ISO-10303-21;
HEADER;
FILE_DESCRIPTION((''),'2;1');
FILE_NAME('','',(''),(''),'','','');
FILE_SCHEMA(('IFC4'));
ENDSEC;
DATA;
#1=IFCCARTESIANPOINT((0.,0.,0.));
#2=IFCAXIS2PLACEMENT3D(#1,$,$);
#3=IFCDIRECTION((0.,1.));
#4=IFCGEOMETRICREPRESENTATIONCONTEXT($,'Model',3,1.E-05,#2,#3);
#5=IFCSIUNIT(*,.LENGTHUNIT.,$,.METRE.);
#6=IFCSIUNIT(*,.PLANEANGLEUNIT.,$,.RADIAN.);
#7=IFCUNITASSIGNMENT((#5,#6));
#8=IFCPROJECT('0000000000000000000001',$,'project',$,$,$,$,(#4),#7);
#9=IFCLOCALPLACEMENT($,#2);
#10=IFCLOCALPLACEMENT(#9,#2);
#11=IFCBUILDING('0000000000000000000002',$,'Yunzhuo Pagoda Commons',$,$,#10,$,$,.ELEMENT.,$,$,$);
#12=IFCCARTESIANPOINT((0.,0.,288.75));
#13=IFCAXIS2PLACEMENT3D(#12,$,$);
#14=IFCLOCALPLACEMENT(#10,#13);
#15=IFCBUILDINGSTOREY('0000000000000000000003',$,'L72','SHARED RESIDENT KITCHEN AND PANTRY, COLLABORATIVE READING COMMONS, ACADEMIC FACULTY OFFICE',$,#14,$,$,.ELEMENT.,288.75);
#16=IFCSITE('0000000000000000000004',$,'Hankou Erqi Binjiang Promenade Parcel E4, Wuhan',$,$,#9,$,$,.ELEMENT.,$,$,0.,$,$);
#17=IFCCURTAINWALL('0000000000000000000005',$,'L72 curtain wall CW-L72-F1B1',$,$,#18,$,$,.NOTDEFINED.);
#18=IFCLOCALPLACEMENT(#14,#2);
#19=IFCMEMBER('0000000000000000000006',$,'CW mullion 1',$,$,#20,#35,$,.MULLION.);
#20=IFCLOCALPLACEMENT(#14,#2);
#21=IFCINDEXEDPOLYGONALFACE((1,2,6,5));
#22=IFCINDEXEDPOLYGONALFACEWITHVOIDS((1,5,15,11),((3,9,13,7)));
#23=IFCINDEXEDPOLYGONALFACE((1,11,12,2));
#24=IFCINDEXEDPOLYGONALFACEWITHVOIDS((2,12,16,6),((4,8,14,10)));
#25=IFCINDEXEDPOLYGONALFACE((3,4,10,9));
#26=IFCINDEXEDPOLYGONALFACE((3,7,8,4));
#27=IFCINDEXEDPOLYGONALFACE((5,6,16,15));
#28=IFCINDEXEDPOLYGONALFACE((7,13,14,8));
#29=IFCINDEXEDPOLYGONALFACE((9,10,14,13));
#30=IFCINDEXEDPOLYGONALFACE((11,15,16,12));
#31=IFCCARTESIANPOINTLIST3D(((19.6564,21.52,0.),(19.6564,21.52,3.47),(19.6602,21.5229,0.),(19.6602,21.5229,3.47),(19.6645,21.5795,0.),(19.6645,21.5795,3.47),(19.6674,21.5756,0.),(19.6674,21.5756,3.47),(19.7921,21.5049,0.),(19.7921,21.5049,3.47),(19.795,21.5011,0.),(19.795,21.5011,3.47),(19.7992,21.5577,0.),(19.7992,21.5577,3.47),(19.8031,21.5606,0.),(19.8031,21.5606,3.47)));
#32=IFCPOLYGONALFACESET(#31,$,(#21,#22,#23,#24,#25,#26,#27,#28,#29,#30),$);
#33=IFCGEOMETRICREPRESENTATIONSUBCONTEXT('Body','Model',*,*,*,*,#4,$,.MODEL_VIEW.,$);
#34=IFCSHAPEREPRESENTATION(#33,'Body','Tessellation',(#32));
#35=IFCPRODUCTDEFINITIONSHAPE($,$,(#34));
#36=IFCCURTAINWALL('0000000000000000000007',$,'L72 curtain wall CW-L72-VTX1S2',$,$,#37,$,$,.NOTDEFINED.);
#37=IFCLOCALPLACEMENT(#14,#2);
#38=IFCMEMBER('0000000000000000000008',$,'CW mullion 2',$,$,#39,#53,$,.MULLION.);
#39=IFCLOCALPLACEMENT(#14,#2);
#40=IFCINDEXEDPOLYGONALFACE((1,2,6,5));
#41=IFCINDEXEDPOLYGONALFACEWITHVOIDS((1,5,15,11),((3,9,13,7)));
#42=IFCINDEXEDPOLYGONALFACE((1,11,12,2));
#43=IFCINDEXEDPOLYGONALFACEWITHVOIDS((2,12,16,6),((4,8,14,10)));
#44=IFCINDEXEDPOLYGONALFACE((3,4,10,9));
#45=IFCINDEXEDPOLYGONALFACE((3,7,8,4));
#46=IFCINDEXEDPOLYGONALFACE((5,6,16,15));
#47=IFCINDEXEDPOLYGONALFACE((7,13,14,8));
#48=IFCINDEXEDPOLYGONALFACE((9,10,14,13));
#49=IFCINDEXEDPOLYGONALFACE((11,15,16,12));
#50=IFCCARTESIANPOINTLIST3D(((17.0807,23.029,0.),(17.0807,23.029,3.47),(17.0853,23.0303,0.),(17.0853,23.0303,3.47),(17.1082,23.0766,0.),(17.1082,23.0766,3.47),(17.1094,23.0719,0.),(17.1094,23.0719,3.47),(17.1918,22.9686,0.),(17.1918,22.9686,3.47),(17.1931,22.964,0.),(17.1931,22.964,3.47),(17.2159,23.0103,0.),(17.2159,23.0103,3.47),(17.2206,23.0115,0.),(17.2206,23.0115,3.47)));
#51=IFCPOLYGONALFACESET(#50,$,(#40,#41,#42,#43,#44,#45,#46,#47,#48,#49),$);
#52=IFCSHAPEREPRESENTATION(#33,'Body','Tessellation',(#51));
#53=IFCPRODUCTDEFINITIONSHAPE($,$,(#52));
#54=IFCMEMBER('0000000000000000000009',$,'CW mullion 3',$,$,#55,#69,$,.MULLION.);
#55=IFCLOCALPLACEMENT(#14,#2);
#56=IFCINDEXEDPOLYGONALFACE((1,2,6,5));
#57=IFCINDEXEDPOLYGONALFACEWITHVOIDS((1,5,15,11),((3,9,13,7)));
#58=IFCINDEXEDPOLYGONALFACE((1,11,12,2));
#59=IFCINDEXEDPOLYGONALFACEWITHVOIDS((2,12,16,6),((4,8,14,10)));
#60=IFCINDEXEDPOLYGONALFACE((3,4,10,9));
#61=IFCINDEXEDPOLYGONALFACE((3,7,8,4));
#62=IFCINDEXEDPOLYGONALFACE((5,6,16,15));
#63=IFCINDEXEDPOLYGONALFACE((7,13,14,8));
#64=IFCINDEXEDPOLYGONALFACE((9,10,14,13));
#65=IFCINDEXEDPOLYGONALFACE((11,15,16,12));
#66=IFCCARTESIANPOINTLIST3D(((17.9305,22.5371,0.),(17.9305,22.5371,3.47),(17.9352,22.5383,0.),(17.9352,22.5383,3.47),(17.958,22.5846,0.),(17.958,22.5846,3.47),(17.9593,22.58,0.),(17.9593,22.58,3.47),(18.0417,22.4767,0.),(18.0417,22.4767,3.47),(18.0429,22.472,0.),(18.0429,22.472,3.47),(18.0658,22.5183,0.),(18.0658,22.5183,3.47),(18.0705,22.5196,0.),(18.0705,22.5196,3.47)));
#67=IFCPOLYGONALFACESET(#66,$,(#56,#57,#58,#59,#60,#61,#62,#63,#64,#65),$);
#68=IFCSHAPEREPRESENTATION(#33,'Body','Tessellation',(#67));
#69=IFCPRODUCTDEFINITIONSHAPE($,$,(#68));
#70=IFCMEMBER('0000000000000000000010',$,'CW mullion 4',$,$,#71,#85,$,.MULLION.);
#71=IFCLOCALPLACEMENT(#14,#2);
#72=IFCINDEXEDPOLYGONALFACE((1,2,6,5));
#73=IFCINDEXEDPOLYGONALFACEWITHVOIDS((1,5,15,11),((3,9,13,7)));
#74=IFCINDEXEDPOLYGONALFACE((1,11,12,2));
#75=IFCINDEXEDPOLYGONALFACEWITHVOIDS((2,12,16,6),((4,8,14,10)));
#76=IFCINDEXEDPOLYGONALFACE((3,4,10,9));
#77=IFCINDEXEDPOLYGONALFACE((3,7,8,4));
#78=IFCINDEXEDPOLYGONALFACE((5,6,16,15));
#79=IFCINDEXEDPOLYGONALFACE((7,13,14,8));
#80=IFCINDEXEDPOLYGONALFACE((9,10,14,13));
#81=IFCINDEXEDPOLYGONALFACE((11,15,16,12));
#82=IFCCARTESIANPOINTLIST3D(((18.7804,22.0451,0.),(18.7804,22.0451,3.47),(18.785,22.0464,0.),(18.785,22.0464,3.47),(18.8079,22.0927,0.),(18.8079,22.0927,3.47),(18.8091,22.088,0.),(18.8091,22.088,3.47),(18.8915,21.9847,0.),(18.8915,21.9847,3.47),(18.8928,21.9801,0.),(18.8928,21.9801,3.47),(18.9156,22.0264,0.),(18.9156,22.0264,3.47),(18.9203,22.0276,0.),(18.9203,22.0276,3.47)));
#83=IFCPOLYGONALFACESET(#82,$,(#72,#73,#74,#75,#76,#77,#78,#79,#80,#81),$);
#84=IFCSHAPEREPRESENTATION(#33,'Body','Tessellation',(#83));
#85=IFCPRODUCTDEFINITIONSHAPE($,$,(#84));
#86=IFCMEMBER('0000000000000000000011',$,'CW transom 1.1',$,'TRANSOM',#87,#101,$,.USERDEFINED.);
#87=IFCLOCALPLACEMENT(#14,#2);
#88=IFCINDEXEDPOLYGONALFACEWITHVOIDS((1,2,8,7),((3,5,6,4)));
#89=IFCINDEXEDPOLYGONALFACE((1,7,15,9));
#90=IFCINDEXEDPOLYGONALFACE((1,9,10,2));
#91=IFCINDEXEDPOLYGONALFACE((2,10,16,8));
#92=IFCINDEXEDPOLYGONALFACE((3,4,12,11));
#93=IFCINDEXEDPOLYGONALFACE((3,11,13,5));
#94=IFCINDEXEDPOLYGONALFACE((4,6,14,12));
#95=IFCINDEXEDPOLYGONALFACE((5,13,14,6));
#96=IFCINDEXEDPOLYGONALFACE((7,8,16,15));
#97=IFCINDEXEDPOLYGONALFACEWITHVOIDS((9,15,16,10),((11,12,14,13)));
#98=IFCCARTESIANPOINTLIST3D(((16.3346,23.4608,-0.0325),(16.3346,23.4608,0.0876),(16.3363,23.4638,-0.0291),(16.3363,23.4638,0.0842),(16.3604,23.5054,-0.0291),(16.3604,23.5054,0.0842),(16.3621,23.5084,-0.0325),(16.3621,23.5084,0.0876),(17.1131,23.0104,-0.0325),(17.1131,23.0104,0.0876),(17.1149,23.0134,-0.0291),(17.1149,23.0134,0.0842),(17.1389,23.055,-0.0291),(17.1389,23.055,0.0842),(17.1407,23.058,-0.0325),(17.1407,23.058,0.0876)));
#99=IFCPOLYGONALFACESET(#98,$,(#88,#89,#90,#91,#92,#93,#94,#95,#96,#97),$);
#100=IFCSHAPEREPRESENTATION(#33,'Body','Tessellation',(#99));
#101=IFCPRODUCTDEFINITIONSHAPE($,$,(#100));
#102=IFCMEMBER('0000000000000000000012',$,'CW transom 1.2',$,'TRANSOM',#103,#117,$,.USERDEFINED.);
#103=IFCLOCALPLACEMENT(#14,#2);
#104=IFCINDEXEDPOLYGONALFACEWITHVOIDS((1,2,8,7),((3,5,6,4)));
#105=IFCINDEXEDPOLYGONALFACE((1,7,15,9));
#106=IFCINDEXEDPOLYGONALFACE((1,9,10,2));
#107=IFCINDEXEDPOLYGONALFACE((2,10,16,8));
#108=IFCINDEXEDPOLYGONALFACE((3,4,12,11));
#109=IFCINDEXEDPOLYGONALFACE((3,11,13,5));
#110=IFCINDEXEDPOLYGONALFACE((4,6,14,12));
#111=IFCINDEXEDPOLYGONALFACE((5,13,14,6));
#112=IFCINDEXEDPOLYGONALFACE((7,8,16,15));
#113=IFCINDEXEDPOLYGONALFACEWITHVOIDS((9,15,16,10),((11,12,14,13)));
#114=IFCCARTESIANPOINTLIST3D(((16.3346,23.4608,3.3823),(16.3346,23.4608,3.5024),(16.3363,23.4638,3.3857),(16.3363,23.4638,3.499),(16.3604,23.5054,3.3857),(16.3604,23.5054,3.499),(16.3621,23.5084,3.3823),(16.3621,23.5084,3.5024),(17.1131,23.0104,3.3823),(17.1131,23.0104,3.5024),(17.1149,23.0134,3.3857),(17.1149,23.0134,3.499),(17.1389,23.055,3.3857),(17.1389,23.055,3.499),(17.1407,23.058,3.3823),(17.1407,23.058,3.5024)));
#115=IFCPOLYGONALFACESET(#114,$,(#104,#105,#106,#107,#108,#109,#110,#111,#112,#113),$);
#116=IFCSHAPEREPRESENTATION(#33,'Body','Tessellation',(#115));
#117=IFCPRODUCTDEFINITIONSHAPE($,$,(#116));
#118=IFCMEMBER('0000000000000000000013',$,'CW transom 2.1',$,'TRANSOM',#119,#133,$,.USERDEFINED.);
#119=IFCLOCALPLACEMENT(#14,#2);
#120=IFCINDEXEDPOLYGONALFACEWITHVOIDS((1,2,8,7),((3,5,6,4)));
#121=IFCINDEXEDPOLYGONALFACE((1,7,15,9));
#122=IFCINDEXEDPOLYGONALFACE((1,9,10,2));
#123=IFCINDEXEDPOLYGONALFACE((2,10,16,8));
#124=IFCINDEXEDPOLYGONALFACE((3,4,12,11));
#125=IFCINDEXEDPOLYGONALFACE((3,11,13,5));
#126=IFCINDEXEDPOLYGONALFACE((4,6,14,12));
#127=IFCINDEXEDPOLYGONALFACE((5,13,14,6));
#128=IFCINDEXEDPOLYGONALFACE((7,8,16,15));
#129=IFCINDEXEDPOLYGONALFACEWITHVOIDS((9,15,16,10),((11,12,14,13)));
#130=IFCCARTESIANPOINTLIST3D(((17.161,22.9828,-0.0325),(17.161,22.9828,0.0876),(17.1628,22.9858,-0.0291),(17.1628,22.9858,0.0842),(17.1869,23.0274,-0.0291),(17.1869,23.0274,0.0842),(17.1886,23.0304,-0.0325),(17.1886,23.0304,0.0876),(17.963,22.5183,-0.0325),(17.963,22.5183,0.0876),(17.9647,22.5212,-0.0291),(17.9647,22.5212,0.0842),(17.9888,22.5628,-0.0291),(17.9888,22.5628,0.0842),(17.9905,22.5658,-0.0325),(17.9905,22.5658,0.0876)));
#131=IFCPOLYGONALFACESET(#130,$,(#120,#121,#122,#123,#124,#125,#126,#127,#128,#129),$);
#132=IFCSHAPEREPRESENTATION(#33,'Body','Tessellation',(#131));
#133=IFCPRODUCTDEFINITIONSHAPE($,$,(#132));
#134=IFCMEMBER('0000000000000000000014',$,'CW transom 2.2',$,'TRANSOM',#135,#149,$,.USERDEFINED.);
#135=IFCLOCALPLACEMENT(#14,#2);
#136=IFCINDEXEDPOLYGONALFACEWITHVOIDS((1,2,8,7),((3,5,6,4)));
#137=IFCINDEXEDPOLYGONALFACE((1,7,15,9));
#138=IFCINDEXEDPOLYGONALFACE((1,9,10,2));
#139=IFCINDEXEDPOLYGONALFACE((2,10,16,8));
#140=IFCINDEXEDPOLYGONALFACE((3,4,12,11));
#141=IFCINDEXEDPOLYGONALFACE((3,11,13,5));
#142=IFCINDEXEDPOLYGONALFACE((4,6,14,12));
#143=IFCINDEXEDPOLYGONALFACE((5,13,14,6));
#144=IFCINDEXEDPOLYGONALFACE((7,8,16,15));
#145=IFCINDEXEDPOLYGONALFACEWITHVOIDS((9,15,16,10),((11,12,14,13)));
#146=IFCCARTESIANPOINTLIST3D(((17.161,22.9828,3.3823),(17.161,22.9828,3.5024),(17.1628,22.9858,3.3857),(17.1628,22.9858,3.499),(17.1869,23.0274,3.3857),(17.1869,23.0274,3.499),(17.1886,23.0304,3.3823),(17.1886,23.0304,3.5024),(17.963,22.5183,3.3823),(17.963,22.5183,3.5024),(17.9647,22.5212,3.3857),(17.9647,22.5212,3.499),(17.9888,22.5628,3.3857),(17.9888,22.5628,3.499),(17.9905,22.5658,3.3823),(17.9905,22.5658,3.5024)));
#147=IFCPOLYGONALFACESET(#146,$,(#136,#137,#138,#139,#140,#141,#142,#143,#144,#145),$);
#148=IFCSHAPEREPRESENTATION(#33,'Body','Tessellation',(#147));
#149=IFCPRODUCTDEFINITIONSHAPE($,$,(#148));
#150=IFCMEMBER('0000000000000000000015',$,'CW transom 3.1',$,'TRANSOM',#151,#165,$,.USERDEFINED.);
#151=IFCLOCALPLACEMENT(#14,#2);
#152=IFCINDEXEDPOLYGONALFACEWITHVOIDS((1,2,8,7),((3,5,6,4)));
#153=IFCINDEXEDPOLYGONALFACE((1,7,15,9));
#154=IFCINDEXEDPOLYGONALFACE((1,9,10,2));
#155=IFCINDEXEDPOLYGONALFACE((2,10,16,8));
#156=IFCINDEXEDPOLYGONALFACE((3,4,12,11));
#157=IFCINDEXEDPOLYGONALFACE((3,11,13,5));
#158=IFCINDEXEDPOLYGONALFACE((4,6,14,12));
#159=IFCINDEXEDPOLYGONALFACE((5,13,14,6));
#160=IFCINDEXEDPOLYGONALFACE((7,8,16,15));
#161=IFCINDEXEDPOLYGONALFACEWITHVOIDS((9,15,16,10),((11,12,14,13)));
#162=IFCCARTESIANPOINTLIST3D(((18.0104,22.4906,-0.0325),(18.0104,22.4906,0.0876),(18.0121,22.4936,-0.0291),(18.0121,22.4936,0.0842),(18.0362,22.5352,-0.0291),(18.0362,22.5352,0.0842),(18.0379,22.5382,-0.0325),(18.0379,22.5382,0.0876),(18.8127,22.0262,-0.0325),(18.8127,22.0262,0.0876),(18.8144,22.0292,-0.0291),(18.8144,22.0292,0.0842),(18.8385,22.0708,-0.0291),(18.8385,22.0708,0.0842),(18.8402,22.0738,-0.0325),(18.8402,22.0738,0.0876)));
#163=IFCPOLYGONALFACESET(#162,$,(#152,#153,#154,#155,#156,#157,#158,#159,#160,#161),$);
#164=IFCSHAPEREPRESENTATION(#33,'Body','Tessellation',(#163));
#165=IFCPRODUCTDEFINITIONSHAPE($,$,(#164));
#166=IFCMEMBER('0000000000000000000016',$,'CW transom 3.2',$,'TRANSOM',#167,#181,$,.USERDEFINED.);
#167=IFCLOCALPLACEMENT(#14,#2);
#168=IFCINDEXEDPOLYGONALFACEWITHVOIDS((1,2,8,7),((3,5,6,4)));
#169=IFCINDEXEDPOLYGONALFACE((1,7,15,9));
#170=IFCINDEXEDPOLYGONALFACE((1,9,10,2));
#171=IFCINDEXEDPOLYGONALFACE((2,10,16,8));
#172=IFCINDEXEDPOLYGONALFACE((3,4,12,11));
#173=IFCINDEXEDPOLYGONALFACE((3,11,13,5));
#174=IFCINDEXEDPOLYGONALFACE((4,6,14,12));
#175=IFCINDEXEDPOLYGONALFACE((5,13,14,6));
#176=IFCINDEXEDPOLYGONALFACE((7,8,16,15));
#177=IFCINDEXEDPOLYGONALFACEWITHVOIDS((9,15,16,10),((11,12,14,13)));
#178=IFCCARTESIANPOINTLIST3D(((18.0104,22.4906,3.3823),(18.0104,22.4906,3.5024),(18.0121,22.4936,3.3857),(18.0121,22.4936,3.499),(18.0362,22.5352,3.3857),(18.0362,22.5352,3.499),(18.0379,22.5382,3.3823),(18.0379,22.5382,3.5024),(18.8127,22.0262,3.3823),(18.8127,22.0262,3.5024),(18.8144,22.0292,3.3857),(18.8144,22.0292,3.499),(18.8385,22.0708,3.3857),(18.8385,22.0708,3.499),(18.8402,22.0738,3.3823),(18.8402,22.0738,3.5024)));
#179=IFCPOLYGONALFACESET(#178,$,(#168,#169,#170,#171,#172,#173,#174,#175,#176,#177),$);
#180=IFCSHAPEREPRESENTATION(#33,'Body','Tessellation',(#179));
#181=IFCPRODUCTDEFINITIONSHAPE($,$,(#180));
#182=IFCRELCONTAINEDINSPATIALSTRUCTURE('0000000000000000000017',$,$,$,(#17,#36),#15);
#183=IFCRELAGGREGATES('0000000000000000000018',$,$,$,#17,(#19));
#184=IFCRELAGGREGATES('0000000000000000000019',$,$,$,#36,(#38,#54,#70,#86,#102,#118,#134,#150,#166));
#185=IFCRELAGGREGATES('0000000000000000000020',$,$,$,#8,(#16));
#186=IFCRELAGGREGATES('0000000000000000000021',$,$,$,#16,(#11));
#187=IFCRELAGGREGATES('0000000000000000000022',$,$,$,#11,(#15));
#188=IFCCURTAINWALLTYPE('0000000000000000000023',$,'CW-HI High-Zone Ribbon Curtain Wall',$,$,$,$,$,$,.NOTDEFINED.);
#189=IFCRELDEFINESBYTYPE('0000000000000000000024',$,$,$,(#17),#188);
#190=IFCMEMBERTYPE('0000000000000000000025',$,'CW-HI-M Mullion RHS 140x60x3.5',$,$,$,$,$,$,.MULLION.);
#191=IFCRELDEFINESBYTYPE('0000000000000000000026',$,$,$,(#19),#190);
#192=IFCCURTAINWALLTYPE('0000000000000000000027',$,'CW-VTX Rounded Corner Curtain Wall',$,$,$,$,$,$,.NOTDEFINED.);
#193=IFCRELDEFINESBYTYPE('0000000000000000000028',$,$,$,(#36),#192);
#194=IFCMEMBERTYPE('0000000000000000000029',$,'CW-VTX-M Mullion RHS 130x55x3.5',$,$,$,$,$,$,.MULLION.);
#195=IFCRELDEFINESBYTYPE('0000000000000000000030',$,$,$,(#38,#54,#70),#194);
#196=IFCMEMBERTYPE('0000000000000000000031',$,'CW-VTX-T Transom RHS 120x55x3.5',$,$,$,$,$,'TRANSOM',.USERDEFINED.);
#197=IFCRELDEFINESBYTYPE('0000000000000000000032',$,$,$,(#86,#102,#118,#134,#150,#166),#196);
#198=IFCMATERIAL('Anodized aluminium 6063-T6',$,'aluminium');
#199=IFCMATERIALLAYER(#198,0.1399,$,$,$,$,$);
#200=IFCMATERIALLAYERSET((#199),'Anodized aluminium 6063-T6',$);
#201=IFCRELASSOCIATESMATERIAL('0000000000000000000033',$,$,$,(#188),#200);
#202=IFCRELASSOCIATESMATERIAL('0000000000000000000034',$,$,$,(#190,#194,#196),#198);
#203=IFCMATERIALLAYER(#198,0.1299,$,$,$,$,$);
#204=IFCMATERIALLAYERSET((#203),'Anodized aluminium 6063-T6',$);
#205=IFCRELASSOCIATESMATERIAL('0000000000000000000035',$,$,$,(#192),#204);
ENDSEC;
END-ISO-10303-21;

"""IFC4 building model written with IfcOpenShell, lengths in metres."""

from ifc_helpers import new_model, si_unit, direction, frame, origin, origin_2d, place, context, subcontext, project, spatial, hollow_rectangle, extrude, source, transform, mapped, material, layer, layer_set, material_profile, profile_set, type_object, element, aggregate, save


model = new_model("IFC4")

# Units and contexts
model_context = context("Model", 3, precision=1e-05, world=origin(), true_north=direction((0.0, 1.0)))
body_context = subcontext(model_context, "Body", "Model", "MODEL_VIEW")
ifc_project = project(units=[si_unit("LENGTHUNIT", "METRE"), si_unit("PLANEANGLEUNIT", "RADIAN")], contexts=[model_context])

# Site, building, storey
site_placement = place(None, origin())
site = spatial("IfcSite", under=ifc_project, at=site_placement, Name="Hankou Erqi Binjiang Promenade Parcel E4, Wuhan", CompositionType="ELEMENT", RefElevation=0.0)
building_placement = place(site_placement, origin())
building = spatial("IfcBuilding", under=site, at=building_placement, Name="Yunzhuo Pagoda Commons", CompositionType="ELEMENT")
storey_placement = place(building_placement, frame((0.0, 0.0, 288.75)))
storey = spatial("IfcBuildingStorey", under=building, at=storey_placement, Name="L72", Description="SHARED RESIDENT KITCHEN AND PANTRY, COLLABORATIVE READING COMMONS, ACADEMIC FACULTY OFFICE", CompositionType="ELEMENT", Elevation=288.75)

# Curtain wall, member
ifc_material_1 = material(Name="Anodized aluminium 6063-T6", Category="aluminium")
ifc_layer_1 = layer(ifc_material_1, 0.1399)
ifc_layer_set_1 = layer_set([ifc_layer_1], Name="Anodized aluminium 6063-T6")
curtain_wall_type_1 = type_object("IfcCurtainWallType", Name="CW-HI High-Zone Ribbon Curtain Wall", PredefinedType="NOTDEFINED", material=ifc_layer_set_1)
curtain_wall_1_placement = place(storey_placement, origin())
curtain_wall_1 = element("IfcCurtainWall", 1, at=curtain_wall_1_placement, inside=storey, type_object=curtain_wall_type_1, Name="L72 curtain wall CW-L72-F1B1", PredefinedType="NOTDEFINED")
ifc_material_profile_1 = material_profile(ifc_material_1, hollow_rectangle(XDim=0.0601, YDim=0.1399, WallThickness=0.0034, at=origin_2d()), Name="Anodized aluminium 6063-T6")
ifc_profile_set_1 = profile_set([ifc_material_profile_1], Name="Anodized aluminium 6063-T6")
member_type_1 = type_object("IfcMemberType", Name="CW-HI-M Mullion RHS 140x60x3.5", PredefinedType="MULLION", material=ifc_profile_set_1)
shared_shape_1 = source(origin(), body_context, "Body", "SweptSolid", [
    extrude(hollow_rectangle(XDim=0.0601, YDim=0.1399, WallThickness=0.0034, at=origin_2d()), origin(), (0.0, 0.0, 1.0), 3.47),
])
member_1_placement = place(storey_placement, frame((19.7297, 21.5403, 0.0), z_axis=(0.0, 0.0, 1.0), x_axis=(0.134854, 0.990865, 0.0)))
member_1 = element("IfcMember", 2, at=member_1_placement, type_object=member_type_1, Name="CW mullion 1", PredefinedType="MULLION", context=body_context, shape_type="MappedRepresentation", body=[
    mapped(shared_shape_1, transform((0.0, 0.0, 0.0), scale=1.0)),
])
aggregate(curtain_wall_1, [member_1])

# Curtain wall, members
ifc_layer_2 = layer(ifc_material_1, 0.1299)
ifc_layer_set_2 = layer_set([ifc_layer_2], Name="Anodized aluminium 6063-T6")
curtain_wall_type_2 = type_object("IfcCurtainWallType", Name="CW-VTX Rounded Corner Curtain Wall", PredefinedType="NOTDEFINED", material=ifc_layer_set_2)
curtain_wall_2_placement = place(storey_placement, origin())
curtain_wall_2 = element("IfcCurtainWall", 3, at=curtain_wall_2_placement, inside=storey, type_object=curtain_wall_type_2, Name="L72 curtain wall CW-L72-VTX1S2", PredefinedType="NOTDEFINED")
ifc_material_profile_2 = material_profile(ifc_material_1, hollow_rectangle(XDim=0.0549, YDim=0.1299, WallThickness=0.0034, at=origin_2d()), Name="Anodized aluminium 6063-T6")
ifc_profile_set_2 = profile_set([ifc_material_profile_2], Name="Anodized aluminium 6063-T6")
member_type_2 = type_object("IfcMemberType", Name="CW-VTX-M Mullion RHS 130x55x3.5", PredefinedType="MULLION", material=ifc_profile_set_2)
shared_shape_2 = source(origin(), body_context, "Body", "SweptSolid", [
    extrude(hollow_rectangle(XDim=0.0549, YDim=0.1299, WallThickness=0.0034, at=origin_2d()), origin(), (0.0, 0.0, 1.0), 3.47),
])
member_2_placement = place(storey_placement, frame((17.1506, 23.0203, 0.0), z_axis=(0.0, 0.0, 1.0), x_axis=(0.501017, 0.865437, 0.0)))
member_2 = element("IfcMember", 4, at=member_2_placement, type_object=member_type_2, Name="CW mullion 2", PredefinedType="MULLION", context=body_context, shape_type="MappedRepresentation", body=[
    mapped(shared_shape_2, transform((0.0, 0.0, 0.0), scale=1.0)),
])
member_3_placement = place(storey_placement, frame((18.0005, 22.5283, 0.0), z_axis=(0.0, 0.0, 1.0), x_axis=(0.501017, 0.865437, 0.0)))
member_3 = element("IfcMember", 5, at=member_3_placement, type_object=member_type_2, Name="CW mullion 3", PredefinedType="MULLION", context=body_context, shape_type="MappedRepresentation", body=[
    mapped(shared_shape_2, transform((0.0, 0.0, 0.0), scale=1.0)),
])
member_4_placement = place(storey_placement, frame((18.8503, 22.0364, 0.0), z_axis=(0.0, 0.0, 1.0), x_axis=(0.501017, 0.865437, 0.0)))
member_4 = element("IfcMember", 6, at=member_4_placement, type_object=member_type_2, Name="CW mullion 4", PredefinedType="MULLION", context=body_context, shape_type="MappedRepresentation", body=[
    mapped(shared_shape_2, transform((0.0, 0.0, 0.0), scale=1.0)),
])
ifc_material_profile_3 = material_profile(ifc_material_1, hollow_rectangle(XDim=0.0549, YDim=0.1201, WallThickness=0.0034, at=origin_2d()), Name="Anodized aluminium 6063-T6")
ifc_profile_set_3 = profile_set([ifc_material_profile_3], Name="Anodized aluminium 6063-T6")
member_type_3 = type_object("IfcMemberType", Name="CW-VTX-T Transom RHS 120x55x3.5", ElementType="TRANSOM", PredefinedType="USERDEFINED", material=ifc_profile_set_3)
shared_shape_3 = source(origin(), body_context, "Body", "SweptSolid", [
    extrude(hollow_rectangle(XDim=0.0549, YDim=0.1201, WallThickness=0.0034, at=origin_2d()), origin(), (0.0, 0.0, 1.0), 0.8994),
])
member_5_placement = place(storey_placement, frame((16.3484, 23.4846, 0.0276), z_axis=(0.865575, -0.500779, 0.0), x_axis=(0.500779, 0.865575, 0.0)))
member_5 = element("IfcMember", 7, at=member_5_placement, type_object=member_type_3, Name="CW transom 1.1", ObjectType="TRANSOM", PredefinedType="USERDEFINED", context=body_context, shape_type="MappedRepresentation", body=[
    mapped(shared_shape_3, transform((0.0, 0.0, 0.0), scale=1.0)),
])
member_6_placement = place(storey_placement, frame((16.3484, 23.4846, 3.4424), z_axis=(0.865575, -0.500779, 0.0), x_axis=(0.500779, 0.865575, 0.0)))
member_6 = element("IfcMember", 8, at=member_6_placement, type_object=member_type_3, Name="CW transom 1.2", ObjectType="TRANSOM", PredefinedType="USERDEFINED", context=body_context, shape_type="MappedRepresentation", body=[
    mapped(shared_shape_3, transform((0.0, 0.0, 0.0), scale=1.0)),
])
shared_shape_4 = source(origin(), body_context, "Body", "SweptSolid", [
    extrude(hollow_rectangle(XDim=0.0549, YDim=0.1201, WallThickness=0.0034, at=origin_2d()), origin(), (0.0, 0.0, 1.0), 0.9268),
])
member_7_placement = place(storey_placement, frame((17.1748, 23.0066, 0.0276), z_axis=(0.865294, -0.501265, 0.0), x_axis=(0.501265, 0.865294, 0.0)))
member_7 = element("IfcMember", 9, at=member_7_placement, type_object=member_type_3, Name="CW transom 2.1", ObjectType="TRANSOM", PredefinedType="USERDEFINED", context=body_context, shape_type="MappedRepresentation", body=[
    mapped(shared_shape_4, transform((0.0, 0.0, 0.0), scale=1.0)),
])
member_8_placement = place(storey_placement, frame((17.1748, 23.0066, 3.4424), z_axis=(0.865294, -0.501265, 0.0), x_axis=(0.501265, 0.865294, 0.0)))
member_8 = element("IfcMember", 10, at=member_8_placement, type_object=member_type_3, Name="CW transom 2.2", ObjectType="TRANSOM", PredefinedType="USERDEFINED", context=body_context, shape_type="MappedRepresentation", body=[
    mapped(shared_shape_4, transform((0.0, 0.0, 0.0), scale=1.0)),
])
shared_shape_5 = source(origin(), body_context, "Body", "SweptSolid", [
    extrude(hollow_rectangle(XDim=0.0549, YDim=0.1201, WallThickness=0.0034, at=origin_2d()), origin(), (0.0, 0.0, 1.0), 0.927),
])
member_9_placement = place(storey_placement, frame((18.0242, 22.5144, 0.0276), z_axis=(0.865474, -0.500953, 0.0), x_axis=(0.500953, 0.865474, 0.0)))
member_9 = element("IfcMember", 11, at=member_9_placement, type_object=member_type_3, Name="CW transom 3.1", ObjectType="TRANSOM", PredefinedType="USERDEFINED", context=body_context, shape_type="MappedRepresentation", body=[
    mapped(shared_shape_5, transform((0.0, 0.0, 0.0), scale=1.0)),
])
member_10_placement = place(storey_placement, frame((18.0242, 22.5144, 3.4424), z_axis=(0.865474, -0.500953, 0.0), x_axis=(0.500953, 0.865474, 0.0)))
member_10 = element("IfcMember", 12, at=member_10_placement, type_object=member_type_3, Name="CW transom 3.2", ObjectType="TRANSOM", PredefinedType="USERDEFINED", context=body_context, shape_type="MappedRepresentation", body=[
    mapped(shared_shape_5, transform((0.0, 0.0, 0.0), scale=1.0)),
])

aggregate(curtain_wall_2, [member_2, member_3, member_4, member_5, member_6, member_7, member_8, member_9, member_10])

save(model, "model.ifc")
